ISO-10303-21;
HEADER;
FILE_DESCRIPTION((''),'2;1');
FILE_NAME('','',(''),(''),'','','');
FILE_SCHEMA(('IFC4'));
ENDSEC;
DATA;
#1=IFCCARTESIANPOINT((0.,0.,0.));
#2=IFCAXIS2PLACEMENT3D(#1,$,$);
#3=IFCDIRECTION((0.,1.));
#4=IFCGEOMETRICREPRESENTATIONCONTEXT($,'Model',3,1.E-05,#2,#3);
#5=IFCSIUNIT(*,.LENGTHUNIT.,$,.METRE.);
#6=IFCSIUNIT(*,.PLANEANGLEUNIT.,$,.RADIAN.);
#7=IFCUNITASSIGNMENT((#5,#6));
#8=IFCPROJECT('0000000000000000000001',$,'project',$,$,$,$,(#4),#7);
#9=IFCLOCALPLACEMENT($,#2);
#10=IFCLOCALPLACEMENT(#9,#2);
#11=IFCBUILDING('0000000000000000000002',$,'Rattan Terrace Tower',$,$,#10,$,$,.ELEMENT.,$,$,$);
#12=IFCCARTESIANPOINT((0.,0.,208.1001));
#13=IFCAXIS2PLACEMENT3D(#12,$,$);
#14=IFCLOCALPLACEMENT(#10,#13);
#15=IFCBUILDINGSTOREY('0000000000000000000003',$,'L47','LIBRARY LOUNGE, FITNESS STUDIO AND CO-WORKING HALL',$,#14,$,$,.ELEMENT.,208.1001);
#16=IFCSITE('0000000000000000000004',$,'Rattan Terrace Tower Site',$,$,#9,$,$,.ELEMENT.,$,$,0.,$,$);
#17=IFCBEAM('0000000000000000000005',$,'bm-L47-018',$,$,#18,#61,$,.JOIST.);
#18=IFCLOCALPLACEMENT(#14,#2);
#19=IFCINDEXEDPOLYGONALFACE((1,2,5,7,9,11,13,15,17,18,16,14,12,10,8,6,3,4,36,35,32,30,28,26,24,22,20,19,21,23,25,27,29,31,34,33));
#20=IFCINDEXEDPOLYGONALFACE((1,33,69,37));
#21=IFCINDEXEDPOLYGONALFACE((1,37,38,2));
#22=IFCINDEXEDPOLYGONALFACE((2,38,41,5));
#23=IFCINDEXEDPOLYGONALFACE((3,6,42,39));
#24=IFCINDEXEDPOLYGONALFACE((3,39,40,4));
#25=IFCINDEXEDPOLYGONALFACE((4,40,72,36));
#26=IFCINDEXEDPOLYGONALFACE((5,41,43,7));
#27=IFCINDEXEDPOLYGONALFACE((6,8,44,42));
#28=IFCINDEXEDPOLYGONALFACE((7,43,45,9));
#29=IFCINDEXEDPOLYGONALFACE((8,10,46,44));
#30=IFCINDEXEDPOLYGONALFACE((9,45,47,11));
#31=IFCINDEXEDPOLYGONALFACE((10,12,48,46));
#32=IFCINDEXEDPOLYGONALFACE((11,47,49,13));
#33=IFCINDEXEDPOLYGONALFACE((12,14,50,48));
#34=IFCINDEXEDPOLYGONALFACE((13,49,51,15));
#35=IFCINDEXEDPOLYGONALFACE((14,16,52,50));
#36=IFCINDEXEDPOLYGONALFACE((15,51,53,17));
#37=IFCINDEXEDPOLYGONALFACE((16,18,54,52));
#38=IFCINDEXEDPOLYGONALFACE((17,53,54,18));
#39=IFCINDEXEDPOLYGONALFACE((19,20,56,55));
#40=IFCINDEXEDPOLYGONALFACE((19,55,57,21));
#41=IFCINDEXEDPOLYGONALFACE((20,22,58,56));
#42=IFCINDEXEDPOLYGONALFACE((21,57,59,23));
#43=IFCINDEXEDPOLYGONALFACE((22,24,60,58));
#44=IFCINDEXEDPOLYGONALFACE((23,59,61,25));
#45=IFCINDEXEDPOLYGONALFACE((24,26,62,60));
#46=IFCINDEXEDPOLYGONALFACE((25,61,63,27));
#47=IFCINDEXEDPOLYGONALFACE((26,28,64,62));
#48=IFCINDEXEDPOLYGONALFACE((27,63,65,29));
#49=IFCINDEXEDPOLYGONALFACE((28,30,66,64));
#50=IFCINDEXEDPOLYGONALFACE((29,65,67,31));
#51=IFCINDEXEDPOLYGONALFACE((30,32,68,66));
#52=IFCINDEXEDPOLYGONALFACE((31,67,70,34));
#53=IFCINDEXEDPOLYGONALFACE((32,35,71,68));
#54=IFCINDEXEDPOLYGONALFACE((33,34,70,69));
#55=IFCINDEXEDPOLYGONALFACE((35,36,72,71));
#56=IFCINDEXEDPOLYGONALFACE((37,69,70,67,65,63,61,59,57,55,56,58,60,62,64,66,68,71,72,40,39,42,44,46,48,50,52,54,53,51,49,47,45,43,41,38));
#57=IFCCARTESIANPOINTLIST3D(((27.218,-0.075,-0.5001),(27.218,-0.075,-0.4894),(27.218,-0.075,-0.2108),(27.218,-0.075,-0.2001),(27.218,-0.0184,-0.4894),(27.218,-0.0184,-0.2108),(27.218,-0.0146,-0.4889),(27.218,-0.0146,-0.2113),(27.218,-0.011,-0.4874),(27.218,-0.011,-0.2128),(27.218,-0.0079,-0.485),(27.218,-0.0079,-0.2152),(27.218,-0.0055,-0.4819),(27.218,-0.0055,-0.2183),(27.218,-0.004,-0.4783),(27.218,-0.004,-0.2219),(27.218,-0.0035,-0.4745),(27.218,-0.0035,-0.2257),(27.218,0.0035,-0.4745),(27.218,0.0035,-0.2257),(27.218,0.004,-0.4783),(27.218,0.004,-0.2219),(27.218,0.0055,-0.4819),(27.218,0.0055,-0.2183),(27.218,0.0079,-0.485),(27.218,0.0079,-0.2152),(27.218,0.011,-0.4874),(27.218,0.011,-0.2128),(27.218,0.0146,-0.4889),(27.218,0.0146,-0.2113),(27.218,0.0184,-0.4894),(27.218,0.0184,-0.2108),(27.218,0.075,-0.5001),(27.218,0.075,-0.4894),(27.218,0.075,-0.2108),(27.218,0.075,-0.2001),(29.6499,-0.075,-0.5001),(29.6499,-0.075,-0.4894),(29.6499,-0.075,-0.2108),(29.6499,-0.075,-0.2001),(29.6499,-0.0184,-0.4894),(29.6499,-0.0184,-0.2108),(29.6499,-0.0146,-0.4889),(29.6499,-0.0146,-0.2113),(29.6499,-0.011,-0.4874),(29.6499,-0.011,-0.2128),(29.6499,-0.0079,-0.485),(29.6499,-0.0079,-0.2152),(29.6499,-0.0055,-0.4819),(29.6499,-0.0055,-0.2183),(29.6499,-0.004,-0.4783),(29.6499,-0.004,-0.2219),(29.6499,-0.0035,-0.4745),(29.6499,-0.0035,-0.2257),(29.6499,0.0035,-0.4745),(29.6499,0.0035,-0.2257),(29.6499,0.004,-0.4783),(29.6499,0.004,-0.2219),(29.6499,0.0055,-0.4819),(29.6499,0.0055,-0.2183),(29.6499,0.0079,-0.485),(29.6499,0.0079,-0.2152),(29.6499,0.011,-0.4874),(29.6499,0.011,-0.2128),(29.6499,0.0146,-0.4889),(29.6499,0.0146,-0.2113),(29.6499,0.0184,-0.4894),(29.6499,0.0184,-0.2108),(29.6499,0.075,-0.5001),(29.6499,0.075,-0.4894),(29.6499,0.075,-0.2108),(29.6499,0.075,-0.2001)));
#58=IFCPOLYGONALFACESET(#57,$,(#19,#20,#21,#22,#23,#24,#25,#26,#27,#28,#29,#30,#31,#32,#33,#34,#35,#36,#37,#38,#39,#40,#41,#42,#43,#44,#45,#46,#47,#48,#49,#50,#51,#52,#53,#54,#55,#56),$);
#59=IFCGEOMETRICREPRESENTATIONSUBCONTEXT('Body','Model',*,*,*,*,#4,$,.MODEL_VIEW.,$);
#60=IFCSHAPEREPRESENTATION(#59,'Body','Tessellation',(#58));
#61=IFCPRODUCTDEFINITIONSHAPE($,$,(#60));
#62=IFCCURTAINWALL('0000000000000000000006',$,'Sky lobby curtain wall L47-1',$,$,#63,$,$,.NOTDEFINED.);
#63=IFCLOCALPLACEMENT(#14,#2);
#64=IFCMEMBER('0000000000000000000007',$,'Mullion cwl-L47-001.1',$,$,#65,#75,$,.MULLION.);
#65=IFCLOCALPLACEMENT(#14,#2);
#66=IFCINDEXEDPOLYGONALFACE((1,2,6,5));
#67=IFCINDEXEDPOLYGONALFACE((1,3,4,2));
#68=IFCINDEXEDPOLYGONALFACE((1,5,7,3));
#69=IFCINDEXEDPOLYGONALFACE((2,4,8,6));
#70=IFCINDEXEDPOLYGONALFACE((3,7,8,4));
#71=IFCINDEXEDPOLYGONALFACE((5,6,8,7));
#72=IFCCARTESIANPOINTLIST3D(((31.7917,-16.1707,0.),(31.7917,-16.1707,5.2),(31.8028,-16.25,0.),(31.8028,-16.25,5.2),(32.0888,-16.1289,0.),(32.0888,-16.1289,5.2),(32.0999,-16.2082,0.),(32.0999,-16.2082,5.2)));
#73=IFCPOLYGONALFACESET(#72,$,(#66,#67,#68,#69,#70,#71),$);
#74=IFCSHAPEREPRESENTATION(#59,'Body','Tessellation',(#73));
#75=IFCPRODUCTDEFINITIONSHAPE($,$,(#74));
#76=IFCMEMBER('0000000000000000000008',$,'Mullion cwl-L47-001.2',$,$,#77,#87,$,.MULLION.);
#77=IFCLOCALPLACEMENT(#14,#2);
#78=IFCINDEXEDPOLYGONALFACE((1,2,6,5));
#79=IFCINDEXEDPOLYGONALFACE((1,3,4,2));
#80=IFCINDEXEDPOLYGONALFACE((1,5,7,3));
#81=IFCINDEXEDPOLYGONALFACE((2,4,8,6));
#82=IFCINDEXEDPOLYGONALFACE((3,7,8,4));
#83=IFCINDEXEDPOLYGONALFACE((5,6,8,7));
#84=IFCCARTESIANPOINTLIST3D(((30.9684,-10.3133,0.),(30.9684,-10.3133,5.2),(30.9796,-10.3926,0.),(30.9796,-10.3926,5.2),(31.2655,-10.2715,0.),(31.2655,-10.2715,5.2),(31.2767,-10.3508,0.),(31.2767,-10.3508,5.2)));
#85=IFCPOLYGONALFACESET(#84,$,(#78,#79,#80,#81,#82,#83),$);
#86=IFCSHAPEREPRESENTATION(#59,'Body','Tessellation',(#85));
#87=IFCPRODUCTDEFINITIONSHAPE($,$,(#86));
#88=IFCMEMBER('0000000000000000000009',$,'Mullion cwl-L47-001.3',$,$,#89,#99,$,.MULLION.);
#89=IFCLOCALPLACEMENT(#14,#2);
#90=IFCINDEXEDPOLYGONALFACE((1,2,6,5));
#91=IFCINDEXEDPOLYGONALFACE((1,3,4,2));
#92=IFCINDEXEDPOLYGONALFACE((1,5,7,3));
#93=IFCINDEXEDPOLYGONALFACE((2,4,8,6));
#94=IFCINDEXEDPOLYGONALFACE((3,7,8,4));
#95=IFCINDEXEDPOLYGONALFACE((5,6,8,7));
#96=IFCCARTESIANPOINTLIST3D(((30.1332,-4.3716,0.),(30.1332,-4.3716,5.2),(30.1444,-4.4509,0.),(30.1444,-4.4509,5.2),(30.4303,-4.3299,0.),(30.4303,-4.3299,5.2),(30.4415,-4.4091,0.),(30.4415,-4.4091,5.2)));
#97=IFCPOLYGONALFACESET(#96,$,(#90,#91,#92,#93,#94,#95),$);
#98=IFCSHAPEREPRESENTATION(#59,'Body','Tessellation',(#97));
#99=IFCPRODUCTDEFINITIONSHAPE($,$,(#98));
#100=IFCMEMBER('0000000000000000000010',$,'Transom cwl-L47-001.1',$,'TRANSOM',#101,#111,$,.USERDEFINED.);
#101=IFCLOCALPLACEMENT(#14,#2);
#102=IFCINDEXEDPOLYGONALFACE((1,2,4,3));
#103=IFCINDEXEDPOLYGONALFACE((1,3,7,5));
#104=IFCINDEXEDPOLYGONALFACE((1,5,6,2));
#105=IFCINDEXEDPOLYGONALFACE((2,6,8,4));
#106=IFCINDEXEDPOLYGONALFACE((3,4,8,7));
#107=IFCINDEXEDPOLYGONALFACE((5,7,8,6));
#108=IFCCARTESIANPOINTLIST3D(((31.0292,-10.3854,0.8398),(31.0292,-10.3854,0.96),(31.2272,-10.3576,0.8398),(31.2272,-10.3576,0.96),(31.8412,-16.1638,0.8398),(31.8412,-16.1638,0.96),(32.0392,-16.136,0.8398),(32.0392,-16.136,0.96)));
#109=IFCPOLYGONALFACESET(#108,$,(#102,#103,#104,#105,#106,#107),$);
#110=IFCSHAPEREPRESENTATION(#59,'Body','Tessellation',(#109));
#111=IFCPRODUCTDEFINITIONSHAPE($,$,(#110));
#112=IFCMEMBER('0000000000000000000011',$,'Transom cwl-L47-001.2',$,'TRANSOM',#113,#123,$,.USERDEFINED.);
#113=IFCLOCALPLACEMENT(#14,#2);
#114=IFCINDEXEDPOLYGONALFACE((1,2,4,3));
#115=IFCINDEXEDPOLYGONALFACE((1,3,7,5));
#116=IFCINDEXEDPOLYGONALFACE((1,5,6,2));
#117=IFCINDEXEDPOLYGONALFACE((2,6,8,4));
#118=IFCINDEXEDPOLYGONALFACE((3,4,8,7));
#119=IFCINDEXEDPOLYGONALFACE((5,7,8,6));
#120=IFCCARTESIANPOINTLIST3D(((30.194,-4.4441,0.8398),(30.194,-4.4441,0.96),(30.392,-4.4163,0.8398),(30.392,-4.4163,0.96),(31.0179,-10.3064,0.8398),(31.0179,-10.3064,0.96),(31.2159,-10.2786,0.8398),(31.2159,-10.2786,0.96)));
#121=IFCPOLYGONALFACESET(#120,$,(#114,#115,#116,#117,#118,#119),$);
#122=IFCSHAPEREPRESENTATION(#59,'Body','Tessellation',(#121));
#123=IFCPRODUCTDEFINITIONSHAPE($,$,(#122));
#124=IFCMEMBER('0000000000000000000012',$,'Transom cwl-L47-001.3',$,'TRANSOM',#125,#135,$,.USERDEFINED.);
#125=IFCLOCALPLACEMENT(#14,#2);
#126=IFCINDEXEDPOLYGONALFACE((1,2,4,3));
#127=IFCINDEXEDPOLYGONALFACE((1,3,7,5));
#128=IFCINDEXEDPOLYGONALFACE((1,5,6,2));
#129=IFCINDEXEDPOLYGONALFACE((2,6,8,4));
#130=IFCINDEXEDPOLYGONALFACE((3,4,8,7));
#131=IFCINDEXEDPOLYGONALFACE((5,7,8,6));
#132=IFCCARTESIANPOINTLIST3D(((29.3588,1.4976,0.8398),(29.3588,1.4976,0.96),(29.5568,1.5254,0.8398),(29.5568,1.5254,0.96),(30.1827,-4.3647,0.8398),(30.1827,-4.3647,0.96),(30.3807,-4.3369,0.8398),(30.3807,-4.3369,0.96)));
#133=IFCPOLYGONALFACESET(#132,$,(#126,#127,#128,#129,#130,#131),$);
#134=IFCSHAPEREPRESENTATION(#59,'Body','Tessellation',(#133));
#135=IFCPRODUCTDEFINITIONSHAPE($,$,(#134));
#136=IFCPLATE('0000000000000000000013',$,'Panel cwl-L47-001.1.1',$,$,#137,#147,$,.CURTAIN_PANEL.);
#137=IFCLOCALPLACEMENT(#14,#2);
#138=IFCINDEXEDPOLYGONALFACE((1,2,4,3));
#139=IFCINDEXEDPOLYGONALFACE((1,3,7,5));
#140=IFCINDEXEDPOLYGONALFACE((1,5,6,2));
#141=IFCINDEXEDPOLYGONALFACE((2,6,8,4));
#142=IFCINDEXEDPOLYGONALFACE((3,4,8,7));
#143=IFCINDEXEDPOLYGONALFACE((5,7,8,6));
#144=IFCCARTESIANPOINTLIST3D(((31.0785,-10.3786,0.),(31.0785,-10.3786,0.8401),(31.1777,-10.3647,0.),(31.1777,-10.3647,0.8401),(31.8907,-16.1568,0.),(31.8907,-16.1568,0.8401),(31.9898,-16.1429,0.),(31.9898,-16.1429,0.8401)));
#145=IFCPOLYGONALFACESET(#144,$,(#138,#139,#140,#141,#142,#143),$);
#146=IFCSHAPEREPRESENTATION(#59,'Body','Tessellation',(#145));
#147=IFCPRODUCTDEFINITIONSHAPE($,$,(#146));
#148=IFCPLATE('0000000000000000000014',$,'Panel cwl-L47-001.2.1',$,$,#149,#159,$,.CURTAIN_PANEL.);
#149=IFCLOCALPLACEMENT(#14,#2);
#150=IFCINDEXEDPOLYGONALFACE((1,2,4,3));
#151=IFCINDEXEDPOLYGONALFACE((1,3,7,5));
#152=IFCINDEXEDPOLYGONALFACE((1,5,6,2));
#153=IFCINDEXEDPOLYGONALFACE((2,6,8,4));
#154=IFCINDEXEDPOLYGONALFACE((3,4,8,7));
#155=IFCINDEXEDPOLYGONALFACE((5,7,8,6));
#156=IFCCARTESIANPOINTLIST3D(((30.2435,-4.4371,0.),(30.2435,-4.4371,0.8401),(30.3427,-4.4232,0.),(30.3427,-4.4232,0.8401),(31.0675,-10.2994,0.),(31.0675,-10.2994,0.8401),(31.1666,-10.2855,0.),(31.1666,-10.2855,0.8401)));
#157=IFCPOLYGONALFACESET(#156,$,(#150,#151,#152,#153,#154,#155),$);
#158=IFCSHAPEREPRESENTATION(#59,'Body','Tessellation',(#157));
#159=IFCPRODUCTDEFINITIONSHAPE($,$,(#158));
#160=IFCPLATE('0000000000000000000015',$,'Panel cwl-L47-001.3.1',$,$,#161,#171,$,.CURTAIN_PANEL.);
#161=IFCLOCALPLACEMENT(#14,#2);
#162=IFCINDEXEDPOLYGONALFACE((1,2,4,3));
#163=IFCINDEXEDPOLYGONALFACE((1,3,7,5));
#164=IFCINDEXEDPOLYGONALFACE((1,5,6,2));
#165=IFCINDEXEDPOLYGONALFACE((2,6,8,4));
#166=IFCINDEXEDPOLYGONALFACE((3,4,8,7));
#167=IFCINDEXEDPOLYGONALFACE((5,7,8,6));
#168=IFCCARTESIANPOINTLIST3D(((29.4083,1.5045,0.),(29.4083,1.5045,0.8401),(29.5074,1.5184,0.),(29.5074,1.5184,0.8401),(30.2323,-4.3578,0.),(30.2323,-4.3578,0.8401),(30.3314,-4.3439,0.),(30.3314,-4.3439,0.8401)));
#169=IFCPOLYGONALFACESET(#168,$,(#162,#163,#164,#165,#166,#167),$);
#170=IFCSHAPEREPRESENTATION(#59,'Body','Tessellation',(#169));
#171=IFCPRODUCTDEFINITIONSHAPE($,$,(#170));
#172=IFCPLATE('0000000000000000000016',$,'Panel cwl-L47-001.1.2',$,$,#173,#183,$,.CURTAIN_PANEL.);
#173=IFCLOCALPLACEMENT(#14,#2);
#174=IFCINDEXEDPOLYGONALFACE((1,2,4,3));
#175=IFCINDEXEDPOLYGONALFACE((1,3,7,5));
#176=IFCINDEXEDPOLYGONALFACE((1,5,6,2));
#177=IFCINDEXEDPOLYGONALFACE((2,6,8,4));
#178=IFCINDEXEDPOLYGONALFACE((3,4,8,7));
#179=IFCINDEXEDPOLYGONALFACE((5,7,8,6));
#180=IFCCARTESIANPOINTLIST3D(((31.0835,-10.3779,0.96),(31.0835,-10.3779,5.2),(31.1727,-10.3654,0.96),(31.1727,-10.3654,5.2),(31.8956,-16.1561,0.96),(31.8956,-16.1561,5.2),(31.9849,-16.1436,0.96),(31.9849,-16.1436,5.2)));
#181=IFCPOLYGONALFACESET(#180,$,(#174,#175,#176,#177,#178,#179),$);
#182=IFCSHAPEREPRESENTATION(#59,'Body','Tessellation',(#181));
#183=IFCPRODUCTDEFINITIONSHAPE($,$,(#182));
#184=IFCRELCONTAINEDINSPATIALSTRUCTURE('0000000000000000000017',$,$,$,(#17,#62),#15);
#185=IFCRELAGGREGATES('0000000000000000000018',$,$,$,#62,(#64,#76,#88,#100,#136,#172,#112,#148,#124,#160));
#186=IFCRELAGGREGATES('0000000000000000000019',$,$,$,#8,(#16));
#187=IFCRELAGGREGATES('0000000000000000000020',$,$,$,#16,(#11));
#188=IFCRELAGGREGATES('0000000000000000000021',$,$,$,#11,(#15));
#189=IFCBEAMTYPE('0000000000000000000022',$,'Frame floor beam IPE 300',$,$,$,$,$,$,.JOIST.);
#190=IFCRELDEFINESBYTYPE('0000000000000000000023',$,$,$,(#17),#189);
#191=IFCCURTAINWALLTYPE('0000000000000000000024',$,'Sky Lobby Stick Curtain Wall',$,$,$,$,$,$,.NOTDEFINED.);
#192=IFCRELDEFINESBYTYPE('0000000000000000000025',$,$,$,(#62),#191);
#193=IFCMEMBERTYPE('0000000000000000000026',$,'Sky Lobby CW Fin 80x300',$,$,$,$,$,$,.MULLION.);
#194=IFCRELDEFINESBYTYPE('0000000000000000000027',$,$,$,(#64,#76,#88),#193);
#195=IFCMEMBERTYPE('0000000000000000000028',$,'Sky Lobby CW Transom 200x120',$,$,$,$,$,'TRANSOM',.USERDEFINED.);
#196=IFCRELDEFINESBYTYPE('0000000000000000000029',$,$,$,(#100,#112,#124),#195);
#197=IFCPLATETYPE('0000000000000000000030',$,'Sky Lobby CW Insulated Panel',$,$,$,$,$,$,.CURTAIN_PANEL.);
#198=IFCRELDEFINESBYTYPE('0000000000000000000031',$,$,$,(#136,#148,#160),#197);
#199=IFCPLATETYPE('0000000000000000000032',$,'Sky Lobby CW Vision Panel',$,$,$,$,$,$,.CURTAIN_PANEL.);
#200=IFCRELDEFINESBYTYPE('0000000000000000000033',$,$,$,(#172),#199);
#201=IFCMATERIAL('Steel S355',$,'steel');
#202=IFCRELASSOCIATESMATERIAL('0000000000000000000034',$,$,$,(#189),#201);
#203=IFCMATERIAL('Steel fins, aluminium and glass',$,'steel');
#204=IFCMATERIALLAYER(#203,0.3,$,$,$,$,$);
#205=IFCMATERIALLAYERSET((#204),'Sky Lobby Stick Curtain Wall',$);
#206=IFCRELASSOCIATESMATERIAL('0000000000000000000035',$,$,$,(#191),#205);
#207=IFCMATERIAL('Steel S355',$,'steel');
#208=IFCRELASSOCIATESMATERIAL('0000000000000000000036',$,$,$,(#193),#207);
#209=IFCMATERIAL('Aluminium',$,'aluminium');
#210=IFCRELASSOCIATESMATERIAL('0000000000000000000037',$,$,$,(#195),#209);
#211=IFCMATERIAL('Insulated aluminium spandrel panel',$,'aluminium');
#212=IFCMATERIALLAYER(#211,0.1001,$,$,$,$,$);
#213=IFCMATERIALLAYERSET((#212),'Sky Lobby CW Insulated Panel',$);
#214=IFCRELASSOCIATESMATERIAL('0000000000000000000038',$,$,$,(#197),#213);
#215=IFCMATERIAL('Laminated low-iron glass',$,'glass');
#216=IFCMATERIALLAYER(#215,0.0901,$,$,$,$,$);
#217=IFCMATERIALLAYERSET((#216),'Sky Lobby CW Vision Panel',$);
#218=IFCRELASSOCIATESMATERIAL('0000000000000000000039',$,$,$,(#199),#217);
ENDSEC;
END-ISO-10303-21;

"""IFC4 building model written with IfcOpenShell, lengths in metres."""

from ifc_helpers import new_model, si_unit, direction, frame, origin, origin_2d, place, context, subcontext, project, spatial, rectangle, i_section, extrude, material, layer, layer_set, material_profile, profile_set, type_object, element, aggregate, save


model = new_model("IFC4")

# Units and contexts
model_context = context("Model", 3, precision=1e-05, world=origin(), true_north=direction((0.0, 1.0)))
body_context = subcontext(model_context, "Body", "Model", "MODEL_VIEW")
ifc_project = project(units=[si_unit("LENGTHUNIT", "METRE"), si_unit("PLANEANGLEUNIT", "RADIAN")], contexts=[model_context])

# Site, building, storey
site_placement = place(None, origin())
site = spatial("IfcSite", under=ifc_project, at=site_placement, Name="Rattan Terrace Tower Site", CompositionType="ELEMENT", RefElevation=0.0)
building_placement = place(site_placement, origin())
building = spatial("IfcBuilding", under=site, at=building_placement, Name="Rattan Terrace Tower", CompositionType="ELEMENT")
storey_placement = place(building_placement, frame((0.0, 0.0, 208.1001)))
storey = spatial("IfcBuildingStorey", under=building, at=storey_placement, Name="L47", Description="LIBRARY LOUNGE, FITNESS STUDIO AND CO-WORKING HALL", CompositionType="ELEMENT", Elevation=208.1001)

# Beam
ifc_material_1 = material(Name="Steel S355", Category="steel")
ifc_material_profile_1 = material_profile(ifc_material_1, i_section(OverallWidth=0.1499, OverallDepth=0.3, WebThickness=0.0071, FlangeThickness=0.0107, FilletRadius=0.0149, at=origin_2d()), Name="IPE 300")
ifc_profile_set_1 = profile_set([ifc_material_profile_1], Name="Steel S355")
beam_type_1 = type_object("IfcBeamType", Name="Frame floor beam IPE 300", PredefinedType="JOIST", material=ifc_profile_set_1)
for number, where, z_axis, x_axis, name in (
    (1, (27.218, 0.0, -0.3501), (1.0, 0.0, 0.0), (0.0, 1.0, 0.0), "bm-L47-018"),
):
    element("IfcBeam", number, at=place(storey_placement, frame(where, z_axis=z_axis, x_axis=x_axis)), inside=storey, type_object=beam_type_1, Name=name, PredefinedType="JOIST", context=body_context, shape_type="SweptSolid", body=[
        extrude(i_section(OverallWidth=0.1499, OverallDepth=0.3, WebThickness=0.0071, FlangeThickness=0.0107, FilletRadius=0.0149, at=origin_2d()), origin(), (0.0, 0.0, 1.0), 2.4319),
    ])

# Curtain wall, members, plates
ifc_material_2 = material(Name="Steel fins, aluminium and glass", Category="steel")
ifc_layer_1 = layer(ifc_material_2, 0.3)
ifc_layer_set_1 = layer_set([ifc_layer_1], Name="Sky Lobby Stick Curtain Wall")
curtain_wall_type = type_object("IfcCurtainWallType", Name="Sky Lobby Stick Curtain Wall", PredefinedType="NOTDEFINED", material=ifc_layer_set_1)
curtain_wall_placement = place(storey_placement, origin())
curtain_wall = element("IfcCurtainWall", 2, at=curtain_wall_placement, inside=storey, type_object=curtain_wall_type, Name="Sky lobby curtain wall L47-1", PredefinedType="NOTDEFINED")
ifc_material_3 = material(Name="Steel S355", Category="steel")
ifc_material_profile_2 = material_profile(ifc_material_3, rectangle(XDim=0.0801, YDim=0.3, at=origin_2d()), Name="Steel S355 80x300")
ifc_profile_set_2 = profile_set([ifc_material_profile_2], Name="Steel S355")
member_type_1 = type_object("IfcMemberType", Name="Sky Lobby CW Fin 80x300", PredefinedType="MULLION", material=ifc_profile_set_2)
member_1_placement = place(storey_placement, frame((31.9458, -16.1895, 0.0), z_axis=(0.0, 0.0, 1.0), x_axis=(-0.139186, 0.990266, 0.0)))
member_1 = element("IfcMember", 3, at=member_1_placement, type_object=member_type_1, Name="Mullion cwl-L47-001.1", PredefinedType="MULLION", context=body_context, shape_type="SweptSolid", body=[
    extrude(rectangle(XDim=0.0801, YDim=0.3, at=origin_2d()), origin(), (0.0, 0.0, 1.0), 5.2),
])
member_2_placement = place(storey_placement, frame((31.1226, -10.332, 0.0), z_axis=(0.0, 0.0, 1.0), x_axis=(-0.139186, 0.990266, 0.0)))
member_2 = element("IfcMember", 4, at=member_2_placement, type_object=member_type_1, Name="Mullion cwl-L47-001.2", PredefinedType="MULLION", context=body_context, shape_type="SweptSolid", body=[
    extrude(rectangle(XDim=0.0801, YDim=0.3, at=origin_2d()), origin(), (0.0, 0.0, 1.0), 5.2),
])
member_3_placement = place(storey_placement, frame((30.2874, -4.3904, 0.0), z_axis=(0.0, 0.0, 1.0), x_axis=(-0.139186, 0.990266, 0.0)))
member_3 = element("IfcMember", 5, at=member_3_placement, type_object=member_type_1, Name="Mullion cwl-L47-001.3", PredefinedType="MULLION", context=body_context, shape_type="SweptSolid", body=[
    extrude(rectangle(XDim=0.0801, YDim=0.3, at=origin_2d()), origin(), (0.0, 0.0, 1.0), 5.2),
])
ifc_material_4 = material(Name="Aluminium", Category="aluminium")
ifc_material_profile_3 = material_profile(ifc_material_4, rectangle(XDim=0.2, YDim=0.1201, at=origin_2d()), Name="Aluminium 200x120")
ifc_profile_set_3 = profile_set([ifc_material_profile_3], Name="Aluminium")
member_type_2 = type_object("IfcMemberType", Name="Sky Lobby CW Transom 200x120", ElementType="TRANSOM", PredefinedType="USERDEFINED", material=ifc_profile_set_3)
member_4_placement = place(storey_placement, frame((31.9402, -16.1499, 0.8999), z_axis=(-0.13916, 0.99027, 0.0), x_axis=(-0.99027, -0.13916, 0.0)))
member_4 = element("IfcMember", 6, at=member_4_placement, type_object=member_type_2, Name="Transom cwl-L47-001.1", ObjectType="TRANSOM", PredefinedType="USERDEFINED", context=body_context, shape_type="SweptSolid", body=[
    extrude(rectangle(XDim=0.2, YDim=0.1201, at=origin_2d()), origin(), (0.0, 0.0, 1.0), 5.8352),
])
member_5_placement = place(storey_placement, frame((31.1169, -10.2925, 0.8999), z_axis=(-0.139187, 0.990266, 0.0), x_axis=(-0.990266, -0.139187, 0.0)))
member_5 = element("IfcMember", 7, at=member_5_placement, type_object=member_type_2, Name="Transom cwl-L47-001.2", ObjectType="TRANSOM", PredefinedType="USERDEFINED", context=body_context, shape_type="SweptSolid", body=[
    extrude(rectangle(XDim=0.2, YDim=0.1201, at=origin_2d()), origin(), (0.0, 0.0, 1.0), 5.9199),
])
member_6_placement = place(storey_placement, frame((30.2817, -4.3508, 0.8999), z_axis=(-0.139187, 0.990266, 0.0), x_axis=(-0.990266, -0.139187, 0.0)))
member_6 = element("IfcMember", 8, at=member_6_placement, type_object=member_type_2, Name="Transom cwl-L47-001.3", ObjectType="TRANSOM", PredefinedType="USERDEFINED", context=body_context, shape_type="SweptSolid", body=[
    extrude(rectangle(XDim=0.2, YDim=0.1201, at=origin_2d()), origin(), (0.0, 0.0, 1.0), 5.9199),
])
ifc_material_5 = material(Name="Insulated aluminium spandrel panel", Category="aluminium")
ifc_layer_2 = layer(ifc_material_5, 0.1001)
ifc_layer_set_2 = layer_set([ifc_layer_2], Name="Sky Lobby CW Insulated Panel")
plate_type_1 = type_object("IfcPlateType", Name="Sky Lobby CW Insulated Panel", PredefinedType="CURTAIN_PANEL", material=ifc_layer_set_2)
plate_1_placement = place(storey_placement, frame((31.5342, -13.2607, 0.0), z_axis=(0.0, 0.0, 1.0), x_axis=(-0.139186, 0.990266, 0.0)))
plate_1 = element("IfcPlate", 9, at=plate_1_placement, type_object=plate_type_1, Name="Panel cwl-L47-001.1.1", PredefinedType="CURTAIN_PANEL", context=body_context, shape_type="SweptSolid", body=[
    extrude(rectangle(XDim=5.835, YDim=0.1001, at=origin_2d()), origin(), (0.0, 0.0, 1.0), 0.8401),
])
plate_2_placement = place(storey_placement, frame((30.7051, -7.3613, 0.0), z_axis=(0.0, 0.0, 1.0), x_axis=(-0.139186, 0.990266, 0.0)))
plate_2 = element("IfcPlate", 10, at=plate_2_placement, type_object=plate_type_1, Name="Panel cwl-L47-001.2.1", PredefinedType="CURTAIN_PANEL", context=body_context, shape_type="SweptSolid", body=[
    extrude(rectangle(XDim=5.9199, YDim=0.1001, at=origin_2d()), origin(), (0.0, 0.0, 1.0), 0.8401),
])
plate_3_placement = place(storey_placement, frame((29.8699, -1.4197, 0.0), z_axis=(0.0, 0.0, 1.0), x_axis=(-0.139186, 0.990266, 0.0)))
plate_3 = element("IfcPlate", 11, at=plate_3_placement, type_object=plate_type_1, Name="Panel cwl-L47-001.3.1", PredefinedType="CURTAIN_PANEL", context=body_context, shape_type="SweptSolid", body=[
    extrude(rectangle(XDim=5.9199, YDim=0.1001, at=origin_2d()), origin(), (0.0, 0.0, 1.0), 0.8401),
])
ifc_material_6 = material(Name="Laminated low-iron glass", Category="glass")
ifc_layer_3 = layer(ifc_material_6, 0.0901)
ifc_layer_set_3 = layer_set([ifc_layer_3], Name="Sky Lobby CW Vision Panel")
plate_type_2 = type_object("IfcPlateType", Name="Sky Lobby CW Vision Panel", PredefinedType="CURTAIN_PANEL", material=ifc_layer_set_3)
plate_4_placement = place(storey_placement, frame((31.5342, -13.2607, 0.96), z_axis=(0.0, 0.0, 1.0), x_axis=(-0.139186, 0.990266, 0.0)))
plate_4 = element("IfcPlate", 12, at=plate_4_placement, type_object=plate_type_2, Name="Panel cwl-L47-001.1.2", PredefinedType="CURTAIN_PANEL", context=body_context, shape_type="SweptSolid", body=[
    extrude(rectangle(XDim=5.835, YDim=0.0901, at=origin_2d()), origin(), (0.0, 0.0, 1.0), 4.24),
])
aggregate(curtain_wall, [member_1, member_2, member_3, member_4, plate_1, plate_4, member_5, plate_2, member_6, plate_3])

save(model, "model.ifc")
